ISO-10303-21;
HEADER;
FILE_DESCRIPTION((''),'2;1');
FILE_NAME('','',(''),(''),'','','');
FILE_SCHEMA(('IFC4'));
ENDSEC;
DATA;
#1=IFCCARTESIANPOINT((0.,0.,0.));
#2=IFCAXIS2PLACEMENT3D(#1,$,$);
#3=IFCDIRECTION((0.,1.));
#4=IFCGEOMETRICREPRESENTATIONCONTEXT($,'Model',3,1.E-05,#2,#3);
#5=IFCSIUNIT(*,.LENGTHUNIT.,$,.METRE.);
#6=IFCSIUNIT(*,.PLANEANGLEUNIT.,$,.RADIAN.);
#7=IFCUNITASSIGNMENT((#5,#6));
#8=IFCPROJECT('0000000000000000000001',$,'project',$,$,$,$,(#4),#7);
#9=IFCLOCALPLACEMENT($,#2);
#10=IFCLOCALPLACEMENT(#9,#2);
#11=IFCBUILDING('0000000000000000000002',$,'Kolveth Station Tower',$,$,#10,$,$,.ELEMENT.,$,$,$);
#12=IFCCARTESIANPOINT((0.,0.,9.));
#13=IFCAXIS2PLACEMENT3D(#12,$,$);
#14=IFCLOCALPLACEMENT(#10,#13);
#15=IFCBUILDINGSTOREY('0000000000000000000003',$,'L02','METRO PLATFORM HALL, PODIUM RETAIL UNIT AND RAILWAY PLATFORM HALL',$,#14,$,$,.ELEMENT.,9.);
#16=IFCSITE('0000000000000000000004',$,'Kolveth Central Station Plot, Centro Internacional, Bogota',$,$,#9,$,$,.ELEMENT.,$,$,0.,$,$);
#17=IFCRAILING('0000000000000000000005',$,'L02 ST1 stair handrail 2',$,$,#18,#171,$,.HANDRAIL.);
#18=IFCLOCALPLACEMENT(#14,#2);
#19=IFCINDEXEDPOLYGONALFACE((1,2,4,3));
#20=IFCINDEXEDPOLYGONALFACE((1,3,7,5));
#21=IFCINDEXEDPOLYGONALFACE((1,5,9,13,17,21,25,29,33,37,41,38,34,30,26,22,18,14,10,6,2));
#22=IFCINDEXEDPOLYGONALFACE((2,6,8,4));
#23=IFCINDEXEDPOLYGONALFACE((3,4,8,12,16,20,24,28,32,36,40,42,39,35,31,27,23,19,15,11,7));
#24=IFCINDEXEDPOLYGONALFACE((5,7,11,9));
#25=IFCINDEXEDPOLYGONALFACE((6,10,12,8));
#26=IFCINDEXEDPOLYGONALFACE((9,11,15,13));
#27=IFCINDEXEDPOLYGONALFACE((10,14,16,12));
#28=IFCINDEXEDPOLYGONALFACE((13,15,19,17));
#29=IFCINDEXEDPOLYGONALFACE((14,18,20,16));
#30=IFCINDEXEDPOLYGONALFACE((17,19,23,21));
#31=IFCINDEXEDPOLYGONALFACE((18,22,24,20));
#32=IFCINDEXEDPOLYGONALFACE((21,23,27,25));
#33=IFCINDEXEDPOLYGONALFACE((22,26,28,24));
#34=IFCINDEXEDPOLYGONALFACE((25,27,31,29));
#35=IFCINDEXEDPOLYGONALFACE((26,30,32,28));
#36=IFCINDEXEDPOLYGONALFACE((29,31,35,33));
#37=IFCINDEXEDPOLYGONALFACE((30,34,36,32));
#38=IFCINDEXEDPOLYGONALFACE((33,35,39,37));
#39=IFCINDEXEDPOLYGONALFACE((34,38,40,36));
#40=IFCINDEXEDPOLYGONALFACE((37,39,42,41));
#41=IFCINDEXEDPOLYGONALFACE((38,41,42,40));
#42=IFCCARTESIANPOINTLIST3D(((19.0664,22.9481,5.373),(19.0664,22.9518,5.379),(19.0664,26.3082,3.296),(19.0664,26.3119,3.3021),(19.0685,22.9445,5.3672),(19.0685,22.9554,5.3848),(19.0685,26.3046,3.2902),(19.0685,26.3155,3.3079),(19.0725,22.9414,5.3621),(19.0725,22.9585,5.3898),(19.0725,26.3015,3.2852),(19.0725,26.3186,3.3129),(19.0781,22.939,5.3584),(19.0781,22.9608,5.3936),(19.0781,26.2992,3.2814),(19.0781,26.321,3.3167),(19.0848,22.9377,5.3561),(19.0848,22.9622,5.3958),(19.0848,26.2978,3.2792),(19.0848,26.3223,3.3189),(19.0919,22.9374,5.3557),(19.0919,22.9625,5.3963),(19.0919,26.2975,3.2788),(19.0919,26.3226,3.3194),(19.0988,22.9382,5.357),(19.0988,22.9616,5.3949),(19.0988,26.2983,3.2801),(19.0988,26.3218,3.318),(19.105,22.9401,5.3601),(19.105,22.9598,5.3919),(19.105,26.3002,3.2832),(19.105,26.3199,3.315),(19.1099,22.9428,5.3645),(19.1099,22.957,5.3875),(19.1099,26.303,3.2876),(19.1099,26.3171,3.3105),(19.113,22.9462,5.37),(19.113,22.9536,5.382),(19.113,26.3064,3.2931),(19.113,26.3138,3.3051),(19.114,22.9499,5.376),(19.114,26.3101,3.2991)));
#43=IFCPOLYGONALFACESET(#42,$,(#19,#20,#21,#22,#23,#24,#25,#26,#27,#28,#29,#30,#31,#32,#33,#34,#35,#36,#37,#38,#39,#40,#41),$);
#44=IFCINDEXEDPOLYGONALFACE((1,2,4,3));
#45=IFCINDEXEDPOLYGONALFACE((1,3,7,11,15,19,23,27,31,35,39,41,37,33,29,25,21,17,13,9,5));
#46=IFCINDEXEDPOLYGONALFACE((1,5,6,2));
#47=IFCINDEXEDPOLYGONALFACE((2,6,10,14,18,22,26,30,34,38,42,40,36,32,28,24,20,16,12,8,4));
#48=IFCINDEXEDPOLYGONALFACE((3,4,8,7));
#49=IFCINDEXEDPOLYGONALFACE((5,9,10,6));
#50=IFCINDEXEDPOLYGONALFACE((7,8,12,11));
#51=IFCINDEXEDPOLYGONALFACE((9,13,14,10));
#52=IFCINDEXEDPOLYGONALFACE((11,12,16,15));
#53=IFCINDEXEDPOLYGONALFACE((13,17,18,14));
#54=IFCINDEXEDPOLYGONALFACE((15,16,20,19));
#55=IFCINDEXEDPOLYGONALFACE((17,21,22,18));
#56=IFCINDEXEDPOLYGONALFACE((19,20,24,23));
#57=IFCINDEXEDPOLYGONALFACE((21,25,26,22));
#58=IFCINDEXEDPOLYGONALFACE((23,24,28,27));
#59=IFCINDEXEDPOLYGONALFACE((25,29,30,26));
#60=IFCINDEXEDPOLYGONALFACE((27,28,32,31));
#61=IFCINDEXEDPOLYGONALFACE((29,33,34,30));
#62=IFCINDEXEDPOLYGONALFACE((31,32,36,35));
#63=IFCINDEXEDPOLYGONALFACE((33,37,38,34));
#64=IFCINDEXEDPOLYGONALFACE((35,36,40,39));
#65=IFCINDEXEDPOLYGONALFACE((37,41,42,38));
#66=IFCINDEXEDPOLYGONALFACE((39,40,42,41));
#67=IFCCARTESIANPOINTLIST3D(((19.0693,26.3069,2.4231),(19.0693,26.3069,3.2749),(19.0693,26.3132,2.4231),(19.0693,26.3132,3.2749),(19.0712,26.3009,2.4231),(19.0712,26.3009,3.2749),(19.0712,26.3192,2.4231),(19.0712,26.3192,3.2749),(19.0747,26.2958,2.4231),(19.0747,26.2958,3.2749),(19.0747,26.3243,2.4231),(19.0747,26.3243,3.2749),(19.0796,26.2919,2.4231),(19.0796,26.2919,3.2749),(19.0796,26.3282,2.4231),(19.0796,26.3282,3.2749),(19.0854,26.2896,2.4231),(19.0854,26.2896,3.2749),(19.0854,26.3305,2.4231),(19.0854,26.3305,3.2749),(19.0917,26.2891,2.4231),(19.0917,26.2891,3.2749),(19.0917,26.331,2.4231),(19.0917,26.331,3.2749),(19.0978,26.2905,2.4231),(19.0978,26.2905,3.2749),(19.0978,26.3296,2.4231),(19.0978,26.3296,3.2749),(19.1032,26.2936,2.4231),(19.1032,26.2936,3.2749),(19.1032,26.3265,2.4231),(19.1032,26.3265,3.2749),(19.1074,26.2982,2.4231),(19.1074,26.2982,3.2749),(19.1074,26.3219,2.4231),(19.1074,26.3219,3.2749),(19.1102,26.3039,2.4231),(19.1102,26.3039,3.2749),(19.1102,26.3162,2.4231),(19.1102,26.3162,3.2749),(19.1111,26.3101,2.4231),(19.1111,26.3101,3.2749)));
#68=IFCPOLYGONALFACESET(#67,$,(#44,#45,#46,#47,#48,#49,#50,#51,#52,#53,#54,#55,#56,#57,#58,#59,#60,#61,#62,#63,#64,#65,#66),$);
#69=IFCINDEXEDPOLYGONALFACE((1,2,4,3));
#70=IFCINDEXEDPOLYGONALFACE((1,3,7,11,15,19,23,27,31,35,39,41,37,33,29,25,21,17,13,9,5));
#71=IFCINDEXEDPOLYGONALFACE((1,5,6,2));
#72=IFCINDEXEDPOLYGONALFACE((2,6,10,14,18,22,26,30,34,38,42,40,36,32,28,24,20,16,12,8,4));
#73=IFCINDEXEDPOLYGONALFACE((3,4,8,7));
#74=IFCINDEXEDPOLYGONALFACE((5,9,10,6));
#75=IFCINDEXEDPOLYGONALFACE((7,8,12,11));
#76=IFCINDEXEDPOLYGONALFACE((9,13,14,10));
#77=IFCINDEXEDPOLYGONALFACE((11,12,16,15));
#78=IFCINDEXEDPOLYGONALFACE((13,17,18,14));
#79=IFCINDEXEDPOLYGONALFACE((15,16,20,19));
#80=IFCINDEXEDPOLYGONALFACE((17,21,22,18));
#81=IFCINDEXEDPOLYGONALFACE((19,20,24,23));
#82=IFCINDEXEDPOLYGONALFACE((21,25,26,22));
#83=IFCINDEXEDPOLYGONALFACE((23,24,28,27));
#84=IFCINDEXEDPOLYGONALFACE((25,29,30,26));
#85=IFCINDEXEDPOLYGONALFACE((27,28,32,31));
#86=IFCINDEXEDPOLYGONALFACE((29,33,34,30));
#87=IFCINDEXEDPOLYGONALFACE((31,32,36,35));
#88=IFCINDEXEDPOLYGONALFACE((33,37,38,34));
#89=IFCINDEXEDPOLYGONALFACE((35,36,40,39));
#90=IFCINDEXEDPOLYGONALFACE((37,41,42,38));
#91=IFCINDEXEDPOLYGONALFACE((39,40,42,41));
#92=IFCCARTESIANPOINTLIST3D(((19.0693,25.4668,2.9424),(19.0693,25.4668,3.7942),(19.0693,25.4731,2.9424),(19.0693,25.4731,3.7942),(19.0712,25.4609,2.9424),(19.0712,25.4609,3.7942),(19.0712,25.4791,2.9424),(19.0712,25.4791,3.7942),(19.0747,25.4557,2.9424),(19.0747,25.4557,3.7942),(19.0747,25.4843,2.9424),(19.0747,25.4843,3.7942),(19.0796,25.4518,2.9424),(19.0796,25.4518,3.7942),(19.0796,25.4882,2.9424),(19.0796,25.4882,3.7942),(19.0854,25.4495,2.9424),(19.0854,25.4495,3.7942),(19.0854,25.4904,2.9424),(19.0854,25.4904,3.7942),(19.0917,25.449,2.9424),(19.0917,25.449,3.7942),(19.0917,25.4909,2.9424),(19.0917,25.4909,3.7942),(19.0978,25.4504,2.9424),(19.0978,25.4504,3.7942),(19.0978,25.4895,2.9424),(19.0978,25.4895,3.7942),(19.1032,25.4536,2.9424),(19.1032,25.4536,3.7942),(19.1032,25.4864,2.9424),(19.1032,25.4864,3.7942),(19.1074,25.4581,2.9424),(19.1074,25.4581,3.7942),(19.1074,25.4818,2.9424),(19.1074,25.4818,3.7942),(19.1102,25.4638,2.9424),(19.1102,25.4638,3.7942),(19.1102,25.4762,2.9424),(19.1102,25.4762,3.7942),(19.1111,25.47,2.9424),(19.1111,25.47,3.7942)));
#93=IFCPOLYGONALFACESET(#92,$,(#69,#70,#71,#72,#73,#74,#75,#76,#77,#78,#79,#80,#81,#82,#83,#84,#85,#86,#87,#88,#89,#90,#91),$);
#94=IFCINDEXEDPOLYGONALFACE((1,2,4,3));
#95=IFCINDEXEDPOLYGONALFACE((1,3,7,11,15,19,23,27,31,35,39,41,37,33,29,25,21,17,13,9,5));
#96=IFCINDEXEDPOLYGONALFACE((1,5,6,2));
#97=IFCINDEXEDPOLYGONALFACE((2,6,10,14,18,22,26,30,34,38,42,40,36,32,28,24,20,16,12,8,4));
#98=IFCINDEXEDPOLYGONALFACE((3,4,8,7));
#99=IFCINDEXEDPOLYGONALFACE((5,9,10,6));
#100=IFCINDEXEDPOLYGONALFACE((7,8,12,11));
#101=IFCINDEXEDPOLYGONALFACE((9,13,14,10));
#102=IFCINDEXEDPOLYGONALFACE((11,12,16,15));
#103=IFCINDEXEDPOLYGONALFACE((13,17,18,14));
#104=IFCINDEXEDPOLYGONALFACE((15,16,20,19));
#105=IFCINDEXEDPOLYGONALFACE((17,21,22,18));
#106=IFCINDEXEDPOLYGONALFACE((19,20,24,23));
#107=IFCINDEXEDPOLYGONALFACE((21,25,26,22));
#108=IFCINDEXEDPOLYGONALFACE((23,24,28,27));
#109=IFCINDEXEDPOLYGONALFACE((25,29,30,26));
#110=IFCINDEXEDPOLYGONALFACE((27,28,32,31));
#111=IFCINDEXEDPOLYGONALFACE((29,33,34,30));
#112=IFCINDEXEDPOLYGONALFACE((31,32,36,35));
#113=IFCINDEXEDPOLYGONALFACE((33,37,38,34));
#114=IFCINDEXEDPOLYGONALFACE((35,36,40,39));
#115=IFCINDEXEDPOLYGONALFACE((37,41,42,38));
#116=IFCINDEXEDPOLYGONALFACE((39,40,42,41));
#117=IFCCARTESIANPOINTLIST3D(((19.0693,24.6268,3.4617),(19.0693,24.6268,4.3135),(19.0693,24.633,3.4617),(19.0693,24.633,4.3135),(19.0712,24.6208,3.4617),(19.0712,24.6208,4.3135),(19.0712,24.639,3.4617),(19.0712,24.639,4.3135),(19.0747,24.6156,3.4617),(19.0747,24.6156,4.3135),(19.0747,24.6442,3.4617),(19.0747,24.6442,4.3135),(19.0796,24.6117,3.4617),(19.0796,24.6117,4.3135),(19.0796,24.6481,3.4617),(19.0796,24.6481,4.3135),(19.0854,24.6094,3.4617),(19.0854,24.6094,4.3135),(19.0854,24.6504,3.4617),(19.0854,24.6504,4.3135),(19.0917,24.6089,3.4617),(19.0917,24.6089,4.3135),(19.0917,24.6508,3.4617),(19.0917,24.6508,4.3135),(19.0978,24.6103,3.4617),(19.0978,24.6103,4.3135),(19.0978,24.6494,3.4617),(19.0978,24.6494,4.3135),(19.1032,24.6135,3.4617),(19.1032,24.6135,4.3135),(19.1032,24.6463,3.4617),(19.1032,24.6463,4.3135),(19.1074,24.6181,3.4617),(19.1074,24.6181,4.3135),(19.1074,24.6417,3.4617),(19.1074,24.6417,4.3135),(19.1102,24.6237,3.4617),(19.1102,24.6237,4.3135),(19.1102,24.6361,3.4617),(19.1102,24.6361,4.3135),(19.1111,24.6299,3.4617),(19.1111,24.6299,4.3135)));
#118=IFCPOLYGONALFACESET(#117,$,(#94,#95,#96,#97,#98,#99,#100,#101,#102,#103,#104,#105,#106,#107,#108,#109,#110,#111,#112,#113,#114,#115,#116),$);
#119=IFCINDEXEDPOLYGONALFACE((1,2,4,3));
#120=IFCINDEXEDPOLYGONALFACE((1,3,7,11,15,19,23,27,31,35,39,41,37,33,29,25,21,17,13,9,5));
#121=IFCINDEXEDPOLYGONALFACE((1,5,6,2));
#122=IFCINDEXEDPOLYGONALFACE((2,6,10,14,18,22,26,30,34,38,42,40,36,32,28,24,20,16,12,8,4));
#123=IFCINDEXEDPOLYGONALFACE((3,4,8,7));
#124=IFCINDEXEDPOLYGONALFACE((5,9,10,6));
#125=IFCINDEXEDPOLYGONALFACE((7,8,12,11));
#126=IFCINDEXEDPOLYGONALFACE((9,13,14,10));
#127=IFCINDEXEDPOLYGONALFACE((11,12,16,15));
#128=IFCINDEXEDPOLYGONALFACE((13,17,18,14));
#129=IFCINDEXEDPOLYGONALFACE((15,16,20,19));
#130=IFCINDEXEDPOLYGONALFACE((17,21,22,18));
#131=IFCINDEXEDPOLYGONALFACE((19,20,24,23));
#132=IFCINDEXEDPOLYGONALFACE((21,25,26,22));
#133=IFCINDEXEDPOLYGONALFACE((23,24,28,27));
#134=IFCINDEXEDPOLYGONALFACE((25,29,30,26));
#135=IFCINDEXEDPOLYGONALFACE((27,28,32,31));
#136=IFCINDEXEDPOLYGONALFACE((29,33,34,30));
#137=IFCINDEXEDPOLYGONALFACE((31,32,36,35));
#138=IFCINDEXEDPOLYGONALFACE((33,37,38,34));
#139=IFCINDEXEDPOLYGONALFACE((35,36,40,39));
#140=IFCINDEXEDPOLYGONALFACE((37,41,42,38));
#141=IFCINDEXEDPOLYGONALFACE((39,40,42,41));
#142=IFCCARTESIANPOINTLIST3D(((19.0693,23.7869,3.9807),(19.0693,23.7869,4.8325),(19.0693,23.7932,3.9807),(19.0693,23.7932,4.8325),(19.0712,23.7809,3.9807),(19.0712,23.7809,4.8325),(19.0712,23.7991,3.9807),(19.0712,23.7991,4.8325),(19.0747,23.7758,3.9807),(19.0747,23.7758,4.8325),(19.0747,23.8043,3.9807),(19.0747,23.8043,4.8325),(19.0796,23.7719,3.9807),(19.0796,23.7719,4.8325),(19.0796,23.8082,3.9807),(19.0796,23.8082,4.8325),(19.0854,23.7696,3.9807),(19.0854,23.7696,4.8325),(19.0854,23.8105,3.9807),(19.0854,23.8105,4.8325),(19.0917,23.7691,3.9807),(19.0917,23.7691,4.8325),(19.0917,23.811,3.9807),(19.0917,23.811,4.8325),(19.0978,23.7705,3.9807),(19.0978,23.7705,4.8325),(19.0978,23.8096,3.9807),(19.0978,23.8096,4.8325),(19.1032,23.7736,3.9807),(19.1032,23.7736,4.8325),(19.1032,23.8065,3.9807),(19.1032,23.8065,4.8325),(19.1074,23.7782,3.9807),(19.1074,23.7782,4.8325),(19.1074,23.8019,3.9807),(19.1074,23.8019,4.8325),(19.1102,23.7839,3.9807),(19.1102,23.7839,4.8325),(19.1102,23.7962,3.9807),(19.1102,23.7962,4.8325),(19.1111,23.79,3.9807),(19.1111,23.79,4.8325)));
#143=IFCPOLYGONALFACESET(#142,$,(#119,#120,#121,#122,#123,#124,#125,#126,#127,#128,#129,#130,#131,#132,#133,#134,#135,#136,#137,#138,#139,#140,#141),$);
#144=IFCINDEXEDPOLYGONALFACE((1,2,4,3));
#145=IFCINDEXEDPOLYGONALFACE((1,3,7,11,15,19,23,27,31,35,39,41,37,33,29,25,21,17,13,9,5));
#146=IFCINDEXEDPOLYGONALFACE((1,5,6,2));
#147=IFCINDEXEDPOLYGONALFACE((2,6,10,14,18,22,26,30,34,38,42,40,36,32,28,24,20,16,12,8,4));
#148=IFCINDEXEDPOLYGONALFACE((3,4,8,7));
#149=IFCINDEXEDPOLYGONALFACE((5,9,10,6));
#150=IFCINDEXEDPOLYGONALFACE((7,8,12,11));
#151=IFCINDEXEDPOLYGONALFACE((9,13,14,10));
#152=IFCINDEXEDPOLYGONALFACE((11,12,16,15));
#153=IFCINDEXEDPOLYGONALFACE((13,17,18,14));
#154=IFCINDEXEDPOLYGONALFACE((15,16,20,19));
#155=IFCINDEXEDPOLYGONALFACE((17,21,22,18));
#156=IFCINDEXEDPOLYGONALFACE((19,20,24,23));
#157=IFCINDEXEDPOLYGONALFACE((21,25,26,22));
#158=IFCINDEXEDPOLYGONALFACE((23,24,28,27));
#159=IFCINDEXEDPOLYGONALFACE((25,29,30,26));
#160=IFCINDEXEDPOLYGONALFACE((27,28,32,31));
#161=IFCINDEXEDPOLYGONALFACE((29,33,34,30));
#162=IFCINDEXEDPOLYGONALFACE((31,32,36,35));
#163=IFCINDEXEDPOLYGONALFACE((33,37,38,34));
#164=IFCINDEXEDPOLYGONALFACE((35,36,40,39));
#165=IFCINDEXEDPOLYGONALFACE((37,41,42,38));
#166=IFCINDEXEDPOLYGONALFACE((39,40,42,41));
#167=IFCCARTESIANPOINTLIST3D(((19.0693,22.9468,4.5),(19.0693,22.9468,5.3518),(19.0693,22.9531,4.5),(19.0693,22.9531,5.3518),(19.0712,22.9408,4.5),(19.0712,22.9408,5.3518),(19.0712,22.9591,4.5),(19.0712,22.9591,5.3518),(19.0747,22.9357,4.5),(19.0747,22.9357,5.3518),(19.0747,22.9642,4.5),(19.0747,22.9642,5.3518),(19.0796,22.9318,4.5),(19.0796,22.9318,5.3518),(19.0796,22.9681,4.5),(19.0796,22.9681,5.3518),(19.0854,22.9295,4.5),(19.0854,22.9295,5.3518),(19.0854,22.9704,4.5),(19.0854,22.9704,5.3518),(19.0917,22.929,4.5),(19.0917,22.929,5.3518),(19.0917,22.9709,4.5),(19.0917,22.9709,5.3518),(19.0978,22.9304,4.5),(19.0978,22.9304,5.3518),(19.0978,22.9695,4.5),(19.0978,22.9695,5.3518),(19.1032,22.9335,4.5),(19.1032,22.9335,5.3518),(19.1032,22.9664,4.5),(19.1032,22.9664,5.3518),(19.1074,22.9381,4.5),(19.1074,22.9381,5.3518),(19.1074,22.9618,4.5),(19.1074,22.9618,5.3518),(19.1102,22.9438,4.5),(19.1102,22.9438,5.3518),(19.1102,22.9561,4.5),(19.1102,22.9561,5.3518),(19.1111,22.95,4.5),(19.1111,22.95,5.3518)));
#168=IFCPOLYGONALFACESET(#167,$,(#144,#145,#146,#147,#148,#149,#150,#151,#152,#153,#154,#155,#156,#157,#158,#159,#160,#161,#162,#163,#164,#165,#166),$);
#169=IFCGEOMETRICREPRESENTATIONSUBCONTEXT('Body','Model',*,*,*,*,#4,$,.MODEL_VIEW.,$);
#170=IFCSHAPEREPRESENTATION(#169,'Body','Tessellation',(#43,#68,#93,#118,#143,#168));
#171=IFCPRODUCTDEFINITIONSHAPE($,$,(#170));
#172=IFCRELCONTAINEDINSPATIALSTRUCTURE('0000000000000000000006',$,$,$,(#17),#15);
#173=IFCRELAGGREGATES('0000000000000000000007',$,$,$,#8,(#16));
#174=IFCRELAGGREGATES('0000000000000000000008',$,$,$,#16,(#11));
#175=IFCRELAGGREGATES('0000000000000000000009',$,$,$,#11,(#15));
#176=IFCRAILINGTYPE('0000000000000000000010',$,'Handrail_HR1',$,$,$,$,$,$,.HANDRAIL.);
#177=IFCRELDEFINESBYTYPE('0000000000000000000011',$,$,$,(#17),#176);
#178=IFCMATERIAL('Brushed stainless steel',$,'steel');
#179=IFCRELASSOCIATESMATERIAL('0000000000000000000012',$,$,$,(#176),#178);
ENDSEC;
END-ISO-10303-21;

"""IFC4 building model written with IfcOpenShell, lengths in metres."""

from ifc_helpers import new_model, si_unit, direction, frame, origin, origin_2d, place, context, subcontext, project, spatial, circle, extrude, material, type_object, element, save


model = new_model("IFC4")

# Units and contexts
model_context = context("Model", 3, precision=1e-05, world=origin(), true_north=direction((0.0, 1.0)))
body_context = subcontext(model_context, "Body", "Model", "MODEL_VIEW")
ifc_project = project(units=[si_unit("LENGTHUNIT", "METRE"), si_unit("PLANEANGLEUNIT", "RADIAN")], contexts=[model_context])

# Site, building, storey
site_placement = place(None, origin())
site = spatial("IfcSite", under=ifc_project, at=site_placement, Name="Kolveth Central Station Plot, Centro Internacional, Bogota", CompositionType="ELEMENT", RefElevation=0.0)
building_placement = place(site_placement, origin())
building = spatial("IfcBuilding", under=site, at=building_placement, Name="Kolveth Station Tower", CompositionType="ELEMENT")
storey_placement = place(building_placement, frame((0.0, 0.0, 9.0)))
storey = spatial("IfcBuildingStorey", under=building, at=storey_placement, Name="L02", Description="METRO PLATFORM HALL, PODIUM RETAIL UNIT AND RAILWAY PLATFORM HALL", CompositionType="ELEMENT", Elevation=9.0)

# Railing
ifc_material_1 = material(Name="Brushed stainless steel", Category="steel")
railing_type_1 = type_object("IfcRailingType", Name="Handrail_HR1", PredefinedType="HANDRAIL", material=ifc_material_1)
for number, where, name in (
    (1, (19.0901, 26.3101, 2.4231), "L02 ST1 stair handrail 2"),
):
    element("IfcRailing", number, at=place(storey_placement, frame(where)), inside=storey, type_object=railing_type_1, Name=name, PredefinedType="HANDRAIL", context=body_context, shape_type="SweptSolid", body=[
        extrude(circle(Radius=0.0239, at=origin_2d()), frame((0.0, 0.0, 0.876), z_axis=(0.0, -0.850623, 0.525776), x_axis=(1.0, 0.0, 0.0)), (0.0, 0.0, 1.0), 3.9502),
        extrude(circle(Radius=0.021, at=origin_2d()), origin(), (0.0, 0.0, 1.0), 0.8518),
        extrude(circle(Radius=0.021, at=origin_2d()), frame((0.0, -0.8401, 0.5193)), (0.0, 0.0, 1.0), 0.8518),
        extrude(circle(Radius=0.021, at=origin_2d()), frame((0.0, -1.6802, 1.0386)), (0.0, 0.0, 1.0), 0.8518),
        extrude(circle(Radius=0.021, at=origin_2d()), frame((0.0, -2.52, 1.5576)), (0.0, 0.0, 1.0), 0.8518),
        extrude(circle(Radius=0.021, at=origin_2d()), frame((0.0, -3.3601, 2.0769)), (0.0, 0.0, 1.0), 0.8518),
    ])

save(model, "model.ifc")
